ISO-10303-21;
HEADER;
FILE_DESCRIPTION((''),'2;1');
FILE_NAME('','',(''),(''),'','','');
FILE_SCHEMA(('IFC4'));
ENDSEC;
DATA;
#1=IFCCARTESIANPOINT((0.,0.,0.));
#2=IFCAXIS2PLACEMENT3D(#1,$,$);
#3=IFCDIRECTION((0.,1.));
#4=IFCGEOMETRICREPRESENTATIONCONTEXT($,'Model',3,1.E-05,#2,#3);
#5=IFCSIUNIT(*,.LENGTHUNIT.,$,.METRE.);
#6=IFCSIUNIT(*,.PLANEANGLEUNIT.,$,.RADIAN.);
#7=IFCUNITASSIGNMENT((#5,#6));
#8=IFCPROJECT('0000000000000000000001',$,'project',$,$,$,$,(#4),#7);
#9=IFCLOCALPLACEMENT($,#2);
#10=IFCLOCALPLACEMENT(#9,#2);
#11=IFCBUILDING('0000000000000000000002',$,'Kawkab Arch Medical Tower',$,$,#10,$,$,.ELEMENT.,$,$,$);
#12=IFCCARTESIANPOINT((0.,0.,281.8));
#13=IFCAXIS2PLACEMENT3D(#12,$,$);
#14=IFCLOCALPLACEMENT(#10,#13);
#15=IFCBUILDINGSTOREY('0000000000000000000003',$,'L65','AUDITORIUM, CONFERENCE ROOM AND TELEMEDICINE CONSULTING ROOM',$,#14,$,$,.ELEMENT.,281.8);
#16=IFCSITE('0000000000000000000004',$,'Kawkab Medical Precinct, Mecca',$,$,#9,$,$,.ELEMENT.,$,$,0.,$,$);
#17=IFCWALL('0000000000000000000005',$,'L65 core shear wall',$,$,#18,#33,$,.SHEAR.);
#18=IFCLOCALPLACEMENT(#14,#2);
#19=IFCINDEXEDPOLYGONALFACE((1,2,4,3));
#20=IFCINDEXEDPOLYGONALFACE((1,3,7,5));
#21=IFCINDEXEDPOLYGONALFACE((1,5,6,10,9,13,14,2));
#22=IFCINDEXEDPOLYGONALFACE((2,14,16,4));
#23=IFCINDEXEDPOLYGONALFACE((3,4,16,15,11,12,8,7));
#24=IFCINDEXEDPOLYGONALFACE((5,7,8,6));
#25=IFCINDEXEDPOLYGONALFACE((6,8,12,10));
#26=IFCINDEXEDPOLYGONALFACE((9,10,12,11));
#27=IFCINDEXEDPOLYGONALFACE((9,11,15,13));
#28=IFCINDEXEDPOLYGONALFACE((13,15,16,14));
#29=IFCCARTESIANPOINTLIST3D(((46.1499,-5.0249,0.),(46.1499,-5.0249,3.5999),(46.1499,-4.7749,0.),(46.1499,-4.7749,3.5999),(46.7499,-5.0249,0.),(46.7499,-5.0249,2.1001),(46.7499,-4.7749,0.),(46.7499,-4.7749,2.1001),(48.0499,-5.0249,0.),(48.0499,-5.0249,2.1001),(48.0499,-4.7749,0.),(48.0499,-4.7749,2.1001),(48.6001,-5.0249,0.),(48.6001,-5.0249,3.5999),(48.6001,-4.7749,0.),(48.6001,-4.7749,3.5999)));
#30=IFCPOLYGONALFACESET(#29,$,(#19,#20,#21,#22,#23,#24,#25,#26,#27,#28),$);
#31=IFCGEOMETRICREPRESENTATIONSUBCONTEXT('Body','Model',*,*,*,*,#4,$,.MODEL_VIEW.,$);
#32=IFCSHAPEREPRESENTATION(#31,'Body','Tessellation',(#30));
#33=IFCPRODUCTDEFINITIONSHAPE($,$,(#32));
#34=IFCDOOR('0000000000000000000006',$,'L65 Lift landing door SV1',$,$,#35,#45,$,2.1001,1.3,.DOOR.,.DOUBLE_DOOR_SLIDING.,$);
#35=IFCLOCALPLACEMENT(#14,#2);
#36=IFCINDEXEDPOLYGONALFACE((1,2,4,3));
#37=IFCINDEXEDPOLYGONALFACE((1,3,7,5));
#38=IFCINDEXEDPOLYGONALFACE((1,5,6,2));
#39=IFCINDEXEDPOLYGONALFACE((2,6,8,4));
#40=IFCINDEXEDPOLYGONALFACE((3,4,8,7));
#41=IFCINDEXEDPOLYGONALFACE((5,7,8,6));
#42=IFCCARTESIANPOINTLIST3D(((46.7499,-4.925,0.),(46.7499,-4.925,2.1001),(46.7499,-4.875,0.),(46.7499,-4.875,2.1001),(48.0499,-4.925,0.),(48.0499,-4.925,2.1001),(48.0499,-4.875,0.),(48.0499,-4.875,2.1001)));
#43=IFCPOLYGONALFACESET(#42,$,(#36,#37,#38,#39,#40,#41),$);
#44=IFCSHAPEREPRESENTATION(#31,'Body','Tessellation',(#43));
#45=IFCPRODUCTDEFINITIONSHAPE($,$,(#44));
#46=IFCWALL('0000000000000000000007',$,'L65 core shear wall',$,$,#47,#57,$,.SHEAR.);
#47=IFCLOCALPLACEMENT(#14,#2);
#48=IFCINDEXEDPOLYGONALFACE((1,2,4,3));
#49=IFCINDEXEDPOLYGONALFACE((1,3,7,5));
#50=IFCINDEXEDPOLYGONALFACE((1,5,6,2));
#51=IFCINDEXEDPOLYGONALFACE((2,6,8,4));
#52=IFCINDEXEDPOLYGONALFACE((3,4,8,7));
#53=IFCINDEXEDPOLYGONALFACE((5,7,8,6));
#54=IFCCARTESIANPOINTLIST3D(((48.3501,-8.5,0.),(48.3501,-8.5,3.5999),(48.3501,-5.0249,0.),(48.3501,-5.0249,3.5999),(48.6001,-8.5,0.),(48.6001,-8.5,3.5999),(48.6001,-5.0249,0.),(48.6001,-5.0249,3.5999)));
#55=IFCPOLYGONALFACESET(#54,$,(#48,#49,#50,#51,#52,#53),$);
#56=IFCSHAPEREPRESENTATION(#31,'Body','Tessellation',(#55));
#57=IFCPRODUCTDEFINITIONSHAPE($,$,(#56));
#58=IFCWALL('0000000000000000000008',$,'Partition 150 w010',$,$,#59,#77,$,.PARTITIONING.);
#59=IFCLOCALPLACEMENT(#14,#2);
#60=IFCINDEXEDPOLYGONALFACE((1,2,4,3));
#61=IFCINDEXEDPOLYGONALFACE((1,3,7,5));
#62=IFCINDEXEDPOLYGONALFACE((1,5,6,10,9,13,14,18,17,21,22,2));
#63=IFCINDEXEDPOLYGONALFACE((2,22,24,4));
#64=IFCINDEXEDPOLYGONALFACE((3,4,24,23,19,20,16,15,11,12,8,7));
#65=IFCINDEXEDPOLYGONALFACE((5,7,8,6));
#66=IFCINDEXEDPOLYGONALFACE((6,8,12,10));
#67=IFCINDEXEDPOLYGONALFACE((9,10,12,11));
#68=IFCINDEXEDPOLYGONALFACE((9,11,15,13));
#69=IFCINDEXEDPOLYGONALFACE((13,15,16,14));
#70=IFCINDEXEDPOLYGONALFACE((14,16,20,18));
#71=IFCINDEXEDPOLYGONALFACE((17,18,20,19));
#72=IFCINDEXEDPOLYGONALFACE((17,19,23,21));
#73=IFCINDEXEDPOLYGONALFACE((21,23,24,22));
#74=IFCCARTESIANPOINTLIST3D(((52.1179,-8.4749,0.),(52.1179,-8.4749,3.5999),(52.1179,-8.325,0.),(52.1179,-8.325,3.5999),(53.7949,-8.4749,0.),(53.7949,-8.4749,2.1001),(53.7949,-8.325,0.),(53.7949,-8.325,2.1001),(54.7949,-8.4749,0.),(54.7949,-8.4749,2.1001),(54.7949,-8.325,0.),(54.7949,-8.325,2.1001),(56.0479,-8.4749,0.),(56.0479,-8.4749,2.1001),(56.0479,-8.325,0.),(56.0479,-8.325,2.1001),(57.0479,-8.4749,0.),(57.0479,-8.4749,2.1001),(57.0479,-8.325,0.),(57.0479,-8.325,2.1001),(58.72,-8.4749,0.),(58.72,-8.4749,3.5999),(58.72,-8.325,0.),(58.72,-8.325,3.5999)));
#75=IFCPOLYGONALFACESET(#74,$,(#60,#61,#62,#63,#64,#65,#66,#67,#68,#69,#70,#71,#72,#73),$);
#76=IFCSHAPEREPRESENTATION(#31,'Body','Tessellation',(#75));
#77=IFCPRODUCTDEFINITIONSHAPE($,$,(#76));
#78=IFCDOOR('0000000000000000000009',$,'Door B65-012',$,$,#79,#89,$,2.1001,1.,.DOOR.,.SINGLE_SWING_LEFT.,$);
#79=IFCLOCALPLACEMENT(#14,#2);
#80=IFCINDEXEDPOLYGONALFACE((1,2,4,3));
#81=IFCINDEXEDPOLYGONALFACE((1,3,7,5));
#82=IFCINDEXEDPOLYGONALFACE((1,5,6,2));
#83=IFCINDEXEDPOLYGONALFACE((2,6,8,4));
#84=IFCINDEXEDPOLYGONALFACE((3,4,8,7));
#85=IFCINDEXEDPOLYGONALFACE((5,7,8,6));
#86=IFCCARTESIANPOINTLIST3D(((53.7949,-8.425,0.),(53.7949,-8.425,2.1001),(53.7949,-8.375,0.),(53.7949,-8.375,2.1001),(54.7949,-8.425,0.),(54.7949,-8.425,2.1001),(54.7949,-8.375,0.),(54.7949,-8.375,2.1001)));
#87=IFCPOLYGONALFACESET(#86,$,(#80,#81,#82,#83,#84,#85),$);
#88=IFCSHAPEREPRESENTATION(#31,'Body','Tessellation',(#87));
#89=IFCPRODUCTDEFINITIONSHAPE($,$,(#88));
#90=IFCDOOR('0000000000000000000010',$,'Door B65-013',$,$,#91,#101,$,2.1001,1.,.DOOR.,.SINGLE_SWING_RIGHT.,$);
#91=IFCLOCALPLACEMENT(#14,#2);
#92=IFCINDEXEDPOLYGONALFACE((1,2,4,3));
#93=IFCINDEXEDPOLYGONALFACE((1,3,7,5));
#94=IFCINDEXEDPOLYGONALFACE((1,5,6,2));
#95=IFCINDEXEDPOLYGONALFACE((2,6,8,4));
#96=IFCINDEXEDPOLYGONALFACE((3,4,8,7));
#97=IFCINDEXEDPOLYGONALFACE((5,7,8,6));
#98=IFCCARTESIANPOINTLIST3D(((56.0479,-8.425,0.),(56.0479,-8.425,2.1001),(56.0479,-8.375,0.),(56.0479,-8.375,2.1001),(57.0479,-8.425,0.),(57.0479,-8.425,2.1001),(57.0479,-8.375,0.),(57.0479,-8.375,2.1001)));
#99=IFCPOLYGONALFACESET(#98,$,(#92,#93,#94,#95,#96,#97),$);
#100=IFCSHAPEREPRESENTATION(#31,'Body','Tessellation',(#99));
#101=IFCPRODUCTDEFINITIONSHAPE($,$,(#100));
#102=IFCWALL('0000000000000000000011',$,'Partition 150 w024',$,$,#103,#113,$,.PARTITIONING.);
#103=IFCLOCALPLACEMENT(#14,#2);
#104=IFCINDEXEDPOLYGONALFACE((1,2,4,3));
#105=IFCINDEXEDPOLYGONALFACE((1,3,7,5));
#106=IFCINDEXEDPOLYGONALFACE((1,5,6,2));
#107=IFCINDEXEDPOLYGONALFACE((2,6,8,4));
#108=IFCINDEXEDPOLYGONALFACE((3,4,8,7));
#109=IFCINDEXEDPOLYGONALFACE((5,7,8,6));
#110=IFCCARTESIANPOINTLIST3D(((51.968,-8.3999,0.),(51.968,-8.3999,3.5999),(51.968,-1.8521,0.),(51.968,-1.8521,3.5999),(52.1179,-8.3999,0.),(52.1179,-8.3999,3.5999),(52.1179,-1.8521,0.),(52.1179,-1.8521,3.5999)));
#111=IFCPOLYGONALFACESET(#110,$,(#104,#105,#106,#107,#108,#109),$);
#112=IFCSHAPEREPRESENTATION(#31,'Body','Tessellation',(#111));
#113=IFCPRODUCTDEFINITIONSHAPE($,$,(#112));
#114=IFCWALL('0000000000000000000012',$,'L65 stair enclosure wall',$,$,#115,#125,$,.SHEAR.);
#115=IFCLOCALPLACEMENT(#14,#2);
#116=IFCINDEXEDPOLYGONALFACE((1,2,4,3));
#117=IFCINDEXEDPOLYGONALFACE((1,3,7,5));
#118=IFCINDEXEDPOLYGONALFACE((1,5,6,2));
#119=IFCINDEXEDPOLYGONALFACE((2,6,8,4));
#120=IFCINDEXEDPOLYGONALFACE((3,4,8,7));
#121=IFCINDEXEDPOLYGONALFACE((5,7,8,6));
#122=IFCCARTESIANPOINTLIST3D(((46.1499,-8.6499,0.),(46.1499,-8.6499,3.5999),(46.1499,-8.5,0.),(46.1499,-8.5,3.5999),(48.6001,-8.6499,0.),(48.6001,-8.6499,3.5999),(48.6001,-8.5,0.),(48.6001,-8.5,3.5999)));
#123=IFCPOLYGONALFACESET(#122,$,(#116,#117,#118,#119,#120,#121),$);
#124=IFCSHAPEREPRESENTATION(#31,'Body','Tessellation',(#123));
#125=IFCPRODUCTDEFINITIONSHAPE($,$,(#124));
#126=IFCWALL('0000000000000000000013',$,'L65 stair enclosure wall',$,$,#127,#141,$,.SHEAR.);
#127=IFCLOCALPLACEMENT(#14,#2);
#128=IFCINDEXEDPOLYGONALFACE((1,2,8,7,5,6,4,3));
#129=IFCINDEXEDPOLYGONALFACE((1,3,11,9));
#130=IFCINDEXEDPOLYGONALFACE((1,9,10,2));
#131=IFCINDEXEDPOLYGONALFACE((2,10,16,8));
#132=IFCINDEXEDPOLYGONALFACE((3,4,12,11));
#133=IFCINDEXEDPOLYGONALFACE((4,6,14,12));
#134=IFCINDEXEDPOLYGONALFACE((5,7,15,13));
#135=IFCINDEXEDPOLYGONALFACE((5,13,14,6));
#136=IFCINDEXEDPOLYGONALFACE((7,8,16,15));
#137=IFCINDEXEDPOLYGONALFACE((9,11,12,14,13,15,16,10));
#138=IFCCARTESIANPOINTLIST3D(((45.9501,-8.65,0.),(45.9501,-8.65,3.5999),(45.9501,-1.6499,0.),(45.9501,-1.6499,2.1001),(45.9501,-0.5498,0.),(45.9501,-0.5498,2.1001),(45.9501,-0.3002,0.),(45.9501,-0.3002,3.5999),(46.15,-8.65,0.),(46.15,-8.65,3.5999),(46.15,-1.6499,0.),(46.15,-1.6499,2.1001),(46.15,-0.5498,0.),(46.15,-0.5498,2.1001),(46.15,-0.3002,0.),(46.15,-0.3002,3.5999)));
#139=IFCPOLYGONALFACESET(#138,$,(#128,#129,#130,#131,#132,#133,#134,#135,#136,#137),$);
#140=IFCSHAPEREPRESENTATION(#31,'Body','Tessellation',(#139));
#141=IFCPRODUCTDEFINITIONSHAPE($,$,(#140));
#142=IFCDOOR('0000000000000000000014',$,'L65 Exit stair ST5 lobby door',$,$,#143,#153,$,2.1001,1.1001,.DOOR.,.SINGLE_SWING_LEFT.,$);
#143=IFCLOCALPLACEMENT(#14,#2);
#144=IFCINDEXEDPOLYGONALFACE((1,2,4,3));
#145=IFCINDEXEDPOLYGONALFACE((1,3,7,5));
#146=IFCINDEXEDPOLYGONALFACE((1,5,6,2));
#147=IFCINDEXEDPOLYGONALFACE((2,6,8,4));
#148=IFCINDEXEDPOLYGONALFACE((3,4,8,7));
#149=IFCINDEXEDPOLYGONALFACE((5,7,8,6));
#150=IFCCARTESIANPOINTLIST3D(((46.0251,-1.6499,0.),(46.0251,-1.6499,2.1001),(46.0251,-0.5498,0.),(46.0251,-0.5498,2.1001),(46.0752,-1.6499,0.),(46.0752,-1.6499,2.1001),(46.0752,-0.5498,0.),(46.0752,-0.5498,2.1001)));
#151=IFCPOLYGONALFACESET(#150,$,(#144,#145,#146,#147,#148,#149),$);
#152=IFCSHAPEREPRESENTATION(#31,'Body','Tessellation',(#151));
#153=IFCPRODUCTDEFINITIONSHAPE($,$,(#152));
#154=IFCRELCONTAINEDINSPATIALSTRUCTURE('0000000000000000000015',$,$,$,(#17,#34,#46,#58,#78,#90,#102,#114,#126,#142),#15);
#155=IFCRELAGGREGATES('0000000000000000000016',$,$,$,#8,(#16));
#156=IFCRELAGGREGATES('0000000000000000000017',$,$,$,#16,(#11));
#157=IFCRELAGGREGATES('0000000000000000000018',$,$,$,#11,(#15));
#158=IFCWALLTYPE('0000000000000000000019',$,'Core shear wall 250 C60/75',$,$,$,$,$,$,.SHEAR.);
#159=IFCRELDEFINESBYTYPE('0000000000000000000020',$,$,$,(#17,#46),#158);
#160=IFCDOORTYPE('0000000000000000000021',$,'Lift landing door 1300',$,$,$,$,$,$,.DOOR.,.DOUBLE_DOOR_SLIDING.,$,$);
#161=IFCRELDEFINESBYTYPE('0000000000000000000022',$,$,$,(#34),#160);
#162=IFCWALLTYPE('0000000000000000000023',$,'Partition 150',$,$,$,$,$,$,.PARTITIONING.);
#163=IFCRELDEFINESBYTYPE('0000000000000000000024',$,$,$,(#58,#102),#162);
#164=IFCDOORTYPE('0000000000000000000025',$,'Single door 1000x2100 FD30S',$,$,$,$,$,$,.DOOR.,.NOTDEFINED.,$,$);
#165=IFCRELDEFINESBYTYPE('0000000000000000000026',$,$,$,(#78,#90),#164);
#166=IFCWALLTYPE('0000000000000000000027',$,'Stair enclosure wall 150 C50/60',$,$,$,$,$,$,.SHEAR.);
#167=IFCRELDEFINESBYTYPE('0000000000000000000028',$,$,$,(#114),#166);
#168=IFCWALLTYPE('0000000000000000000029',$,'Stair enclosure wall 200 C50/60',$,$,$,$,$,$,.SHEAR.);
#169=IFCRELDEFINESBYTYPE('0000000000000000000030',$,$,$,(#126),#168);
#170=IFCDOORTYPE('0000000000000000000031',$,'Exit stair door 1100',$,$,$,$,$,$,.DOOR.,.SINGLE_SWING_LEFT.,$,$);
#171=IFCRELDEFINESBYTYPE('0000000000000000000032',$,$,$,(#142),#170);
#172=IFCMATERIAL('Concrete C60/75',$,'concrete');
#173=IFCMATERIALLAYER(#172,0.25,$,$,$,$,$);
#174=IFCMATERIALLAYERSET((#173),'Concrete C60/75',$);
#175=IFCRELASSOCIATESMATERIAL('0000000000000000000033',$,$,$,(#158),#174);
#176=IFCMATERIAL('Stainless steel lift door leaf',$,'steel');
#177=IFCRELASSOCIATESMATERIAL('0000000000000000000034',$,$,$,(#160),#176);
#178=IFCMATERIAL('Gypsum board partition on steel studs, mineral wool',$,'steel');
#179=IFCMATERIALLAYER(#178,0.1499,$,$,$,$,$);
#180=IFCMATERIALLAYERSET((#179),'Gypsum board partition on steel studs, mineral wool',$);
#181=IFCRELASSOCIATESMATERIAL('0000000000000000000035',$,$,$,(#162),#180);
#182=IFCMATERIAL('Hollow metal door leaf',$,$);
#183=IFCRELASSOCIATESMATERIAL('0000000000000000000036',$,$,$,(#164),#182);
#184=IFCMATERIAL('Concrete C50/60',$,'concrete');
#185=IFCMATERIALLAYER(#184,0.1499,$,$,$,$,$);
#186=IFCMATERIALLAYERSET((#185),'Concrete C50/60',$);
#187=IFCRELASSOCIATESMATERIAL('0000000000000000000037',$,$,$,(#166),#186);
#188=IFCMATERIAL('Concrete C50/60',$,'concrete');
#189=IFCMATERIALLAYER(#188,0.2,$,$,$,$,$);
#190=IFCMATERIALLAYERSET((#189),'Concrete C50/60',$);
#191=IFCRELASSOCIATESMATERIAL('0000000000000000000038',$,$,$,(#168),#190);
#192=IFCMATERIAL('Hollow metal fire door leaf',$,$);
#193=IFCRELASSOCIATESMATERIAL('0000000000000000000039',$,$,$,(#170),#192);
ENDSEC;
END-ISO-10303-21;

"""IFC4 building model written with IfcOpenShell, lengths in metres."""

from ifc_helpers import new_model, si_unit, direction, frame, frame_2d, origin, place, context, subcontext, project, spatial, rectangle, extrude, material, layer, layer_set, type_object, element, fill, save


model = new_model("IFC4")

# Units and contexts
model_context = context("Model", 3, precision=1e-05, world=origin(), true_north=direction((0.0, 1.0)))
body_context = subcontext(model_context, "Body", "Model", "MODEL_VIEW")
ifc_project = project(units=[si_unit("LENGTHUNIT", "METRE"), si_unit("PLANEANGLEUNIT", "RADIAN")], contexts=[model_context])

# Site, building, storey
site_placement = place(None, origin())
site = spatial("IfcSite", under=ifc_project, at=site_placement, Name="Kawkab Medical Precinct, Mecca", CompositionType="ELEMENT", RefElevation=0.0)
building_placement = place(site_placement, origin())
building = spatial("IfcBuilding", under=site, at=building_placement, Name="Kawkab Arch Medical Tower", CompositionType="ELEMENT")
storey_placement = place(building_placement, frame((0.0, 0.0, 281.8)))
storey = spatial("IfcBuildingStorey", under=building, at=storey_placement, Name="L65", Description="AUDITORIUM, CONFERENCE ROOM AND TELEMEDICINE CONSULTING ROOM", CompositionType="ELEMENT", Elevation=281.8)

# Wall, opening, door
ifc_material_1 = material(Name="Concrete C60/75", Category="concrete")
ifc_layer_1 = layer(ifc_material_1, 0.25)
ifc_layer_set_1 = layer_set([ifc_layer_1], Name="Concrete C60/75")
wall_type_1 = type_object("IfcWallType", Name="Core shear wall 250 C60/75", PredefinedType="SHEAR", material=ifc_layer_set_1)
wall_1_placement = place(storey_placement, frame((46.1499, -4.8999, 0.0), z_axis=(0.0, 0.0, 1.0), x_axis=(1.0, 0.0, 0.0)))
wall_1 = element("IfcWall", 1, at=wall_1_placement, inside=storey, type_object=wall_type_1, Name="L65 core shear wall", PredefinedType="SHEAR", context=body_context, shape_type="SweptSolid", body=[
    extrude(rectangle(XDim=2.4502, YDim=0.25, at=frame_2d((1.2251, 0.0))), origin(), (0.0, 0.0, 1.0), 3.5999),
])
opening_1_placement = place(wall_1_placement, frame((0.6001, 0.0, 0.0)))
opening_1 = element("IfcOpeningElement", 2, at=opening_1_placement, cuts=wall_1, PredefinedType="OPENING", context=body_context, shape_type="SweptSolid", body=[
    extrude(rectangle(XDim=1.3, YDim=2.1001, at=frame_2d((0.6499, 1.05))), frame((0.0, 0.135, 0.0), z_axis=(0.0, -1.0, 0.0), x_axis=(1.0, 0.0, 0.0)), (0.0, 0.0, 1.0), 0.27),
])
ifc_material_2 = material(Name="Stainless steel lift door leaf", Category="steel")
door_type_1 = type_object("IfcDoorType", Name="Lift landing door 1300", OperationType="DOUBLE_DOOR_SLIDING", PredefinedType="DOOR", material=ifc_material_2)
door_1_placement = place(opening_1_placement, origin())
door_1 = element("IfcDoor", 3, at=door_1_placement, inside=storey, type_object=door_type_1, Name="L65 Lift landing door SV1", OperationType="DOUBLE_DOOR_SLIDING", OverallHeight=2.1001, OverallWidth=1.3, PredefinedType="DOOR", context=body_context, shape_type="SweptSolid", body=[
    extrude(rectangle(XDim=1.3, YDim=2.1001, at=frame_2d((0.6499, 1.05))), frame((0.0, 0.0249, 0.0), z_axis=(0.0, -1.0, 0.0), x_axis=(1.0, 0.0, 0.0)), (0.0, 0.0, 1.0), 0.05),
])
fill(opening_1, door_1)

# Wall
wall_2_placement = place(storey_placement, frame((48.4751, -8.5, 0.0), z_axis=(0.0, 0.0, 1.0), x_axis=(0.0, 1.0, 0.0)))
element("IfcWall", 4, at=wall_2_placement, inside=storey, type_object=wall_type_1, Name="L65 core shear wall", PredefinedType="SHEAR", context=body_context, shape_type="SweptSolid", body=[
    extrude(rectangle(XDim=3.4751, YDim=0.25, at=frame_2d((1.7375, 0.0))), origin(), (0.0, 0.0, 1.0), 3.5999),
])

# Wall, openings, doors
ifc_material_3 = material(Name="Gypsum board partition on steel studs, mineral wool", Category="steel")
ifc_layer_2 = layer(ifc_material_3, 0.1499)
ifc_layer_set_2 = layer_set([ifc_layer_2], Name="Gypsum board partition on steel studs, mineral wool")
wall_type_2 = type_object("IfcWallType", Name="Partition 150", PredefinedType="PARTITIONING", material=ifc_layer_set_2)
wall_3_placement = place(storey_placement, frame((52.1179, -8.3999, 0.0), z_axis=(0.0, 0.0, 1.0), x_axis=(1.0, 0.0, 0.0)))
wall_3 = element("IfcWall", 5, at=wall_3_placement, inside=storey, type_object=wall_type_2, Name="Partition 150 w010", PredefinedType="PARTITIONING", context=body_context, shape_type="SweptSolid", body=[
    extrude(rectangle(XDim=6.6021, YDim=0.1499, at=frame_2d((3.301, 0.0))), origin(), (0.0, 0.0, 1.0), 3.5999),
])
opening_2_placement = place(wall_3_placement, frame((1.677, 0.0, 0.0)))
opening_2 = element("IfcOpeningElement", 6, at=opening_2_placement, cuts=wall_3, PredefinedType="OPENING", context=body_context, shape_type="SweptSolid", body=[
    extrude(rectangle(XDim=1.0, YDim=2.1001, at=frame_2d((0.5, 1.05))), frame((0.0, 0.085, 0.0), z_axis=(0.0, -1.0, 0.0), x_axis=(1.0, 0.0, 0.0)), (0.0, 0.0, 1.0), 0.1699),
])
opening_3_placement = place(wall_3_placement, frame((3.9299, 0.0, 0.0)))
opening_3 = element("IfcOpeningElement", 7, at=opening_3_placement, cuts=wall_3, PredefinedType="OPENING", context=body_context, shape_type="SweptSolid", body=[
    extrude(rectangle(XDim=1.0, YDim=2.1001, at=frame_2d((0.5, 1.05))), frame((0.0, 0.085, 0.0), z_axis=(0.0, -1.0, 0.0), x_axis=(1.0, 0.0, 0.0)), (0.0, 0.0, 1.0), 0.1699),
])
ifc_material_4 = material(Name="Hollow metal door leaf")
door_type_2 = type_object("IfcDoorType", Name="Single door 1000x2100 FD30S", OperationType="NOTDEFINED", PredefinedType="DOOR", material=ifc_material_4)
door_2_placement = place(opening_2_placement, origin())
door_2 = element("IfcDoor", 8, at=door_2_placement, inside=storey, type_object=door_type_2, Name="Door B65-012", OperationType="SINGLE_SWING_LEFT", OverallHeight=2.1001, OverallWidth=1.0, PredefinedType="DOOR", context=body_context, shape_type="SweptSolid", body=[
    extrude(rectangle(XDim=1.0, YDim=2.1001, at=frame_2d((0.5, 1.05))), frame((0.0, 0.0249, 0.0), z_axis=(0.0, -1.0, 0.0), x_axis=(1.0, 0.0, 0.0)), (0.0, 0.0, 1.0), 0.05),
])
fill(opening_2, door_2)
door_3_placement = place(opening_3_placement, origin())
door_3 = element("IfcDoor", 9, at=door_3_placement, inside=storey, type_object=door_type_2, Name="Door B65-013", OperationType="SINGLE_SWING_RIGHT", OverallHeight=2.1001, OverallWidth=1.0, PredefinedType="DOOR", context=body_context, shape_type="SweptSolid", body=[
    extrude(rectangle(XDim=1.0, YDim=2.1001, at=frame_2d((0.5, 1.05))), frame((0.0, 0.0249, 0.0), z_axis=(0.0, -1.0, 0.0), x_axis=(1.0, 0.0, 0.0)), (0.0, 0.0, 1.0), 0.05),
])
fill(opening_3, door_3)

# Walls
wall_4_placement = place(storey_placement, frame((52.043, -8.3999, 0.0), z_axis=(0.0, 0.0, 1.0), x_axis=(0.0, 1.0, 0.0)))
element("IfcWall", 10, at=wall_4_placement, inside=storey, type_object=wall_type_2, Name="Partition 150 w024", PredefinedType="PARTITIONING", context=body_context, shape_type="SweptSolid", body=[
    extrude(rectangle(XDim=6.5479, YDim=0.1499, at=frame_2d((3.2739, 0.0))), origin(), (0.0, 0.0, 1.0), 3.5999),
])
ifc_material_5 = material(Name="Concrete C50/60", Category="concrete")
ifc_layer_3 = layer(ifc_material_5, 0.1499)
ifc_layer_set_3 = layer_set([ifc_layer_3], Name="Concrete C50/60")
wall_type_3 = type_object("IfcWallType", Name="Stair enclosure wall 150 C50/60", PredefinedType="SHEAR", material=ifc_layer_set_3)
wall_5_placement = place(storey_placement, frame((46.1499, -8.575, 0.0), z_axis=(0.0, 0.0, 1.0), x_axis=(1.0, 0.0, 0.0)))
element("IfcWall", 11, at=wall_5_placement, inside=storey, type_object=wall_type_3, Name="L65 stair enclosure wall", PredefinedType="SHEAR", context=body_context, shape_type="SweptSolid", body=[
    extrude(rectangle(XDim=2.4502, YDim=0.1499, at=frame_2d((1.2251, 0.0))), origin(), (0.0, 0.0, 1.0), 3.5999),
])

# Wall, opening, door
ifc_material_6 = material(Name="Concrete C50/60", Category="concrete")
ifc_layer_4 = layer(ifc_material_6, 0.2)
ifc_layer_set_4 = layer_set([ifc_layer_4], Name="Concrete C50/60")
wall_type_4 = type_object("IfcWallType", Name="Stair enclosure wall 200 C50/60", PredefinedType="SHEAR", material=ifc_layer_set_4)
wall_6_placement = place(storey_placement, frame((46.05, -8.6499, 0.0), z_axis=(0.0, 0.0, 1.0), x_axis=(0.0, 1.0, 0.0)))
wall_6 = element("IfcWall", 12, at=wall_6_placement, inside=storey, type_object=wall_type_4, Name="L65 stair enclosure wall", PredefinedType="SHEAR", context=body_context, shape_type="SweptSolid", body=[
    extrude(rectangle(XDim=8.3499, YDim=0.2, at=frame_2d((4.1748, 0.0))), origin(), (0.0, 0.0, 1.0), 3.5999),
])
opening_4_placement = place(wall_6_placement, frame((7.0, 0.0, 0.0)))
opening_4 = element("IfcOpeningElement", 13, at=opening_4_placement, cuts=wall_6, PredefinedType="OPENING", context=body_context, shape_type="SweptSolid", body=[
    extrude(rectangle(XDim=1.1001, YDim=2.1001, at=frame_2d((0.55, 1.05))), frame((0.0, 0.1099, 0.0), z_axis=(0.0, -1.0, 0.0), x_axis=(1.0, 0.0, 0.0)), (0.0, 0.0, 1.0), 0.22),
])
ifc_material_7 = material(Name="Hollow metal fire door leaf")
door_type_3 = type_object("IfcDoorType", Name="Exit stair door 1100", OperationType="SINGLE_SWING_LEFT", PredefinedType="DOOR", material=ifc_material_7)
door_4_placement = place(opening_4_placement, origin())
door_4 = element("IfcDoor", 14, at=door_4_placement, inside=storey, type_object=door_type_3, Name="L65 Exit stair ST5 lobby door", OperationType="SINGLE_SWING_LEFT", OverallHeight=2.1001, OverallWidth=1.1001, PredefinedType="DOOR", context=body_context, shape_type="SweptSolid", body=[
    extrude(rectangle(XDim=1.1001, YDim=2.1001, at=frame_2d((0.55, 1.05))), frame((0.0, 0.0249, 0.0), z_axis=(0.0, -1.0, 0.0), x_axis=(1.0, 0.0, 0.0)), (0.0, 0.0, 1.0), 0.05),
])
fill(opening_4, door_4)

save(model, "model.ifc")
